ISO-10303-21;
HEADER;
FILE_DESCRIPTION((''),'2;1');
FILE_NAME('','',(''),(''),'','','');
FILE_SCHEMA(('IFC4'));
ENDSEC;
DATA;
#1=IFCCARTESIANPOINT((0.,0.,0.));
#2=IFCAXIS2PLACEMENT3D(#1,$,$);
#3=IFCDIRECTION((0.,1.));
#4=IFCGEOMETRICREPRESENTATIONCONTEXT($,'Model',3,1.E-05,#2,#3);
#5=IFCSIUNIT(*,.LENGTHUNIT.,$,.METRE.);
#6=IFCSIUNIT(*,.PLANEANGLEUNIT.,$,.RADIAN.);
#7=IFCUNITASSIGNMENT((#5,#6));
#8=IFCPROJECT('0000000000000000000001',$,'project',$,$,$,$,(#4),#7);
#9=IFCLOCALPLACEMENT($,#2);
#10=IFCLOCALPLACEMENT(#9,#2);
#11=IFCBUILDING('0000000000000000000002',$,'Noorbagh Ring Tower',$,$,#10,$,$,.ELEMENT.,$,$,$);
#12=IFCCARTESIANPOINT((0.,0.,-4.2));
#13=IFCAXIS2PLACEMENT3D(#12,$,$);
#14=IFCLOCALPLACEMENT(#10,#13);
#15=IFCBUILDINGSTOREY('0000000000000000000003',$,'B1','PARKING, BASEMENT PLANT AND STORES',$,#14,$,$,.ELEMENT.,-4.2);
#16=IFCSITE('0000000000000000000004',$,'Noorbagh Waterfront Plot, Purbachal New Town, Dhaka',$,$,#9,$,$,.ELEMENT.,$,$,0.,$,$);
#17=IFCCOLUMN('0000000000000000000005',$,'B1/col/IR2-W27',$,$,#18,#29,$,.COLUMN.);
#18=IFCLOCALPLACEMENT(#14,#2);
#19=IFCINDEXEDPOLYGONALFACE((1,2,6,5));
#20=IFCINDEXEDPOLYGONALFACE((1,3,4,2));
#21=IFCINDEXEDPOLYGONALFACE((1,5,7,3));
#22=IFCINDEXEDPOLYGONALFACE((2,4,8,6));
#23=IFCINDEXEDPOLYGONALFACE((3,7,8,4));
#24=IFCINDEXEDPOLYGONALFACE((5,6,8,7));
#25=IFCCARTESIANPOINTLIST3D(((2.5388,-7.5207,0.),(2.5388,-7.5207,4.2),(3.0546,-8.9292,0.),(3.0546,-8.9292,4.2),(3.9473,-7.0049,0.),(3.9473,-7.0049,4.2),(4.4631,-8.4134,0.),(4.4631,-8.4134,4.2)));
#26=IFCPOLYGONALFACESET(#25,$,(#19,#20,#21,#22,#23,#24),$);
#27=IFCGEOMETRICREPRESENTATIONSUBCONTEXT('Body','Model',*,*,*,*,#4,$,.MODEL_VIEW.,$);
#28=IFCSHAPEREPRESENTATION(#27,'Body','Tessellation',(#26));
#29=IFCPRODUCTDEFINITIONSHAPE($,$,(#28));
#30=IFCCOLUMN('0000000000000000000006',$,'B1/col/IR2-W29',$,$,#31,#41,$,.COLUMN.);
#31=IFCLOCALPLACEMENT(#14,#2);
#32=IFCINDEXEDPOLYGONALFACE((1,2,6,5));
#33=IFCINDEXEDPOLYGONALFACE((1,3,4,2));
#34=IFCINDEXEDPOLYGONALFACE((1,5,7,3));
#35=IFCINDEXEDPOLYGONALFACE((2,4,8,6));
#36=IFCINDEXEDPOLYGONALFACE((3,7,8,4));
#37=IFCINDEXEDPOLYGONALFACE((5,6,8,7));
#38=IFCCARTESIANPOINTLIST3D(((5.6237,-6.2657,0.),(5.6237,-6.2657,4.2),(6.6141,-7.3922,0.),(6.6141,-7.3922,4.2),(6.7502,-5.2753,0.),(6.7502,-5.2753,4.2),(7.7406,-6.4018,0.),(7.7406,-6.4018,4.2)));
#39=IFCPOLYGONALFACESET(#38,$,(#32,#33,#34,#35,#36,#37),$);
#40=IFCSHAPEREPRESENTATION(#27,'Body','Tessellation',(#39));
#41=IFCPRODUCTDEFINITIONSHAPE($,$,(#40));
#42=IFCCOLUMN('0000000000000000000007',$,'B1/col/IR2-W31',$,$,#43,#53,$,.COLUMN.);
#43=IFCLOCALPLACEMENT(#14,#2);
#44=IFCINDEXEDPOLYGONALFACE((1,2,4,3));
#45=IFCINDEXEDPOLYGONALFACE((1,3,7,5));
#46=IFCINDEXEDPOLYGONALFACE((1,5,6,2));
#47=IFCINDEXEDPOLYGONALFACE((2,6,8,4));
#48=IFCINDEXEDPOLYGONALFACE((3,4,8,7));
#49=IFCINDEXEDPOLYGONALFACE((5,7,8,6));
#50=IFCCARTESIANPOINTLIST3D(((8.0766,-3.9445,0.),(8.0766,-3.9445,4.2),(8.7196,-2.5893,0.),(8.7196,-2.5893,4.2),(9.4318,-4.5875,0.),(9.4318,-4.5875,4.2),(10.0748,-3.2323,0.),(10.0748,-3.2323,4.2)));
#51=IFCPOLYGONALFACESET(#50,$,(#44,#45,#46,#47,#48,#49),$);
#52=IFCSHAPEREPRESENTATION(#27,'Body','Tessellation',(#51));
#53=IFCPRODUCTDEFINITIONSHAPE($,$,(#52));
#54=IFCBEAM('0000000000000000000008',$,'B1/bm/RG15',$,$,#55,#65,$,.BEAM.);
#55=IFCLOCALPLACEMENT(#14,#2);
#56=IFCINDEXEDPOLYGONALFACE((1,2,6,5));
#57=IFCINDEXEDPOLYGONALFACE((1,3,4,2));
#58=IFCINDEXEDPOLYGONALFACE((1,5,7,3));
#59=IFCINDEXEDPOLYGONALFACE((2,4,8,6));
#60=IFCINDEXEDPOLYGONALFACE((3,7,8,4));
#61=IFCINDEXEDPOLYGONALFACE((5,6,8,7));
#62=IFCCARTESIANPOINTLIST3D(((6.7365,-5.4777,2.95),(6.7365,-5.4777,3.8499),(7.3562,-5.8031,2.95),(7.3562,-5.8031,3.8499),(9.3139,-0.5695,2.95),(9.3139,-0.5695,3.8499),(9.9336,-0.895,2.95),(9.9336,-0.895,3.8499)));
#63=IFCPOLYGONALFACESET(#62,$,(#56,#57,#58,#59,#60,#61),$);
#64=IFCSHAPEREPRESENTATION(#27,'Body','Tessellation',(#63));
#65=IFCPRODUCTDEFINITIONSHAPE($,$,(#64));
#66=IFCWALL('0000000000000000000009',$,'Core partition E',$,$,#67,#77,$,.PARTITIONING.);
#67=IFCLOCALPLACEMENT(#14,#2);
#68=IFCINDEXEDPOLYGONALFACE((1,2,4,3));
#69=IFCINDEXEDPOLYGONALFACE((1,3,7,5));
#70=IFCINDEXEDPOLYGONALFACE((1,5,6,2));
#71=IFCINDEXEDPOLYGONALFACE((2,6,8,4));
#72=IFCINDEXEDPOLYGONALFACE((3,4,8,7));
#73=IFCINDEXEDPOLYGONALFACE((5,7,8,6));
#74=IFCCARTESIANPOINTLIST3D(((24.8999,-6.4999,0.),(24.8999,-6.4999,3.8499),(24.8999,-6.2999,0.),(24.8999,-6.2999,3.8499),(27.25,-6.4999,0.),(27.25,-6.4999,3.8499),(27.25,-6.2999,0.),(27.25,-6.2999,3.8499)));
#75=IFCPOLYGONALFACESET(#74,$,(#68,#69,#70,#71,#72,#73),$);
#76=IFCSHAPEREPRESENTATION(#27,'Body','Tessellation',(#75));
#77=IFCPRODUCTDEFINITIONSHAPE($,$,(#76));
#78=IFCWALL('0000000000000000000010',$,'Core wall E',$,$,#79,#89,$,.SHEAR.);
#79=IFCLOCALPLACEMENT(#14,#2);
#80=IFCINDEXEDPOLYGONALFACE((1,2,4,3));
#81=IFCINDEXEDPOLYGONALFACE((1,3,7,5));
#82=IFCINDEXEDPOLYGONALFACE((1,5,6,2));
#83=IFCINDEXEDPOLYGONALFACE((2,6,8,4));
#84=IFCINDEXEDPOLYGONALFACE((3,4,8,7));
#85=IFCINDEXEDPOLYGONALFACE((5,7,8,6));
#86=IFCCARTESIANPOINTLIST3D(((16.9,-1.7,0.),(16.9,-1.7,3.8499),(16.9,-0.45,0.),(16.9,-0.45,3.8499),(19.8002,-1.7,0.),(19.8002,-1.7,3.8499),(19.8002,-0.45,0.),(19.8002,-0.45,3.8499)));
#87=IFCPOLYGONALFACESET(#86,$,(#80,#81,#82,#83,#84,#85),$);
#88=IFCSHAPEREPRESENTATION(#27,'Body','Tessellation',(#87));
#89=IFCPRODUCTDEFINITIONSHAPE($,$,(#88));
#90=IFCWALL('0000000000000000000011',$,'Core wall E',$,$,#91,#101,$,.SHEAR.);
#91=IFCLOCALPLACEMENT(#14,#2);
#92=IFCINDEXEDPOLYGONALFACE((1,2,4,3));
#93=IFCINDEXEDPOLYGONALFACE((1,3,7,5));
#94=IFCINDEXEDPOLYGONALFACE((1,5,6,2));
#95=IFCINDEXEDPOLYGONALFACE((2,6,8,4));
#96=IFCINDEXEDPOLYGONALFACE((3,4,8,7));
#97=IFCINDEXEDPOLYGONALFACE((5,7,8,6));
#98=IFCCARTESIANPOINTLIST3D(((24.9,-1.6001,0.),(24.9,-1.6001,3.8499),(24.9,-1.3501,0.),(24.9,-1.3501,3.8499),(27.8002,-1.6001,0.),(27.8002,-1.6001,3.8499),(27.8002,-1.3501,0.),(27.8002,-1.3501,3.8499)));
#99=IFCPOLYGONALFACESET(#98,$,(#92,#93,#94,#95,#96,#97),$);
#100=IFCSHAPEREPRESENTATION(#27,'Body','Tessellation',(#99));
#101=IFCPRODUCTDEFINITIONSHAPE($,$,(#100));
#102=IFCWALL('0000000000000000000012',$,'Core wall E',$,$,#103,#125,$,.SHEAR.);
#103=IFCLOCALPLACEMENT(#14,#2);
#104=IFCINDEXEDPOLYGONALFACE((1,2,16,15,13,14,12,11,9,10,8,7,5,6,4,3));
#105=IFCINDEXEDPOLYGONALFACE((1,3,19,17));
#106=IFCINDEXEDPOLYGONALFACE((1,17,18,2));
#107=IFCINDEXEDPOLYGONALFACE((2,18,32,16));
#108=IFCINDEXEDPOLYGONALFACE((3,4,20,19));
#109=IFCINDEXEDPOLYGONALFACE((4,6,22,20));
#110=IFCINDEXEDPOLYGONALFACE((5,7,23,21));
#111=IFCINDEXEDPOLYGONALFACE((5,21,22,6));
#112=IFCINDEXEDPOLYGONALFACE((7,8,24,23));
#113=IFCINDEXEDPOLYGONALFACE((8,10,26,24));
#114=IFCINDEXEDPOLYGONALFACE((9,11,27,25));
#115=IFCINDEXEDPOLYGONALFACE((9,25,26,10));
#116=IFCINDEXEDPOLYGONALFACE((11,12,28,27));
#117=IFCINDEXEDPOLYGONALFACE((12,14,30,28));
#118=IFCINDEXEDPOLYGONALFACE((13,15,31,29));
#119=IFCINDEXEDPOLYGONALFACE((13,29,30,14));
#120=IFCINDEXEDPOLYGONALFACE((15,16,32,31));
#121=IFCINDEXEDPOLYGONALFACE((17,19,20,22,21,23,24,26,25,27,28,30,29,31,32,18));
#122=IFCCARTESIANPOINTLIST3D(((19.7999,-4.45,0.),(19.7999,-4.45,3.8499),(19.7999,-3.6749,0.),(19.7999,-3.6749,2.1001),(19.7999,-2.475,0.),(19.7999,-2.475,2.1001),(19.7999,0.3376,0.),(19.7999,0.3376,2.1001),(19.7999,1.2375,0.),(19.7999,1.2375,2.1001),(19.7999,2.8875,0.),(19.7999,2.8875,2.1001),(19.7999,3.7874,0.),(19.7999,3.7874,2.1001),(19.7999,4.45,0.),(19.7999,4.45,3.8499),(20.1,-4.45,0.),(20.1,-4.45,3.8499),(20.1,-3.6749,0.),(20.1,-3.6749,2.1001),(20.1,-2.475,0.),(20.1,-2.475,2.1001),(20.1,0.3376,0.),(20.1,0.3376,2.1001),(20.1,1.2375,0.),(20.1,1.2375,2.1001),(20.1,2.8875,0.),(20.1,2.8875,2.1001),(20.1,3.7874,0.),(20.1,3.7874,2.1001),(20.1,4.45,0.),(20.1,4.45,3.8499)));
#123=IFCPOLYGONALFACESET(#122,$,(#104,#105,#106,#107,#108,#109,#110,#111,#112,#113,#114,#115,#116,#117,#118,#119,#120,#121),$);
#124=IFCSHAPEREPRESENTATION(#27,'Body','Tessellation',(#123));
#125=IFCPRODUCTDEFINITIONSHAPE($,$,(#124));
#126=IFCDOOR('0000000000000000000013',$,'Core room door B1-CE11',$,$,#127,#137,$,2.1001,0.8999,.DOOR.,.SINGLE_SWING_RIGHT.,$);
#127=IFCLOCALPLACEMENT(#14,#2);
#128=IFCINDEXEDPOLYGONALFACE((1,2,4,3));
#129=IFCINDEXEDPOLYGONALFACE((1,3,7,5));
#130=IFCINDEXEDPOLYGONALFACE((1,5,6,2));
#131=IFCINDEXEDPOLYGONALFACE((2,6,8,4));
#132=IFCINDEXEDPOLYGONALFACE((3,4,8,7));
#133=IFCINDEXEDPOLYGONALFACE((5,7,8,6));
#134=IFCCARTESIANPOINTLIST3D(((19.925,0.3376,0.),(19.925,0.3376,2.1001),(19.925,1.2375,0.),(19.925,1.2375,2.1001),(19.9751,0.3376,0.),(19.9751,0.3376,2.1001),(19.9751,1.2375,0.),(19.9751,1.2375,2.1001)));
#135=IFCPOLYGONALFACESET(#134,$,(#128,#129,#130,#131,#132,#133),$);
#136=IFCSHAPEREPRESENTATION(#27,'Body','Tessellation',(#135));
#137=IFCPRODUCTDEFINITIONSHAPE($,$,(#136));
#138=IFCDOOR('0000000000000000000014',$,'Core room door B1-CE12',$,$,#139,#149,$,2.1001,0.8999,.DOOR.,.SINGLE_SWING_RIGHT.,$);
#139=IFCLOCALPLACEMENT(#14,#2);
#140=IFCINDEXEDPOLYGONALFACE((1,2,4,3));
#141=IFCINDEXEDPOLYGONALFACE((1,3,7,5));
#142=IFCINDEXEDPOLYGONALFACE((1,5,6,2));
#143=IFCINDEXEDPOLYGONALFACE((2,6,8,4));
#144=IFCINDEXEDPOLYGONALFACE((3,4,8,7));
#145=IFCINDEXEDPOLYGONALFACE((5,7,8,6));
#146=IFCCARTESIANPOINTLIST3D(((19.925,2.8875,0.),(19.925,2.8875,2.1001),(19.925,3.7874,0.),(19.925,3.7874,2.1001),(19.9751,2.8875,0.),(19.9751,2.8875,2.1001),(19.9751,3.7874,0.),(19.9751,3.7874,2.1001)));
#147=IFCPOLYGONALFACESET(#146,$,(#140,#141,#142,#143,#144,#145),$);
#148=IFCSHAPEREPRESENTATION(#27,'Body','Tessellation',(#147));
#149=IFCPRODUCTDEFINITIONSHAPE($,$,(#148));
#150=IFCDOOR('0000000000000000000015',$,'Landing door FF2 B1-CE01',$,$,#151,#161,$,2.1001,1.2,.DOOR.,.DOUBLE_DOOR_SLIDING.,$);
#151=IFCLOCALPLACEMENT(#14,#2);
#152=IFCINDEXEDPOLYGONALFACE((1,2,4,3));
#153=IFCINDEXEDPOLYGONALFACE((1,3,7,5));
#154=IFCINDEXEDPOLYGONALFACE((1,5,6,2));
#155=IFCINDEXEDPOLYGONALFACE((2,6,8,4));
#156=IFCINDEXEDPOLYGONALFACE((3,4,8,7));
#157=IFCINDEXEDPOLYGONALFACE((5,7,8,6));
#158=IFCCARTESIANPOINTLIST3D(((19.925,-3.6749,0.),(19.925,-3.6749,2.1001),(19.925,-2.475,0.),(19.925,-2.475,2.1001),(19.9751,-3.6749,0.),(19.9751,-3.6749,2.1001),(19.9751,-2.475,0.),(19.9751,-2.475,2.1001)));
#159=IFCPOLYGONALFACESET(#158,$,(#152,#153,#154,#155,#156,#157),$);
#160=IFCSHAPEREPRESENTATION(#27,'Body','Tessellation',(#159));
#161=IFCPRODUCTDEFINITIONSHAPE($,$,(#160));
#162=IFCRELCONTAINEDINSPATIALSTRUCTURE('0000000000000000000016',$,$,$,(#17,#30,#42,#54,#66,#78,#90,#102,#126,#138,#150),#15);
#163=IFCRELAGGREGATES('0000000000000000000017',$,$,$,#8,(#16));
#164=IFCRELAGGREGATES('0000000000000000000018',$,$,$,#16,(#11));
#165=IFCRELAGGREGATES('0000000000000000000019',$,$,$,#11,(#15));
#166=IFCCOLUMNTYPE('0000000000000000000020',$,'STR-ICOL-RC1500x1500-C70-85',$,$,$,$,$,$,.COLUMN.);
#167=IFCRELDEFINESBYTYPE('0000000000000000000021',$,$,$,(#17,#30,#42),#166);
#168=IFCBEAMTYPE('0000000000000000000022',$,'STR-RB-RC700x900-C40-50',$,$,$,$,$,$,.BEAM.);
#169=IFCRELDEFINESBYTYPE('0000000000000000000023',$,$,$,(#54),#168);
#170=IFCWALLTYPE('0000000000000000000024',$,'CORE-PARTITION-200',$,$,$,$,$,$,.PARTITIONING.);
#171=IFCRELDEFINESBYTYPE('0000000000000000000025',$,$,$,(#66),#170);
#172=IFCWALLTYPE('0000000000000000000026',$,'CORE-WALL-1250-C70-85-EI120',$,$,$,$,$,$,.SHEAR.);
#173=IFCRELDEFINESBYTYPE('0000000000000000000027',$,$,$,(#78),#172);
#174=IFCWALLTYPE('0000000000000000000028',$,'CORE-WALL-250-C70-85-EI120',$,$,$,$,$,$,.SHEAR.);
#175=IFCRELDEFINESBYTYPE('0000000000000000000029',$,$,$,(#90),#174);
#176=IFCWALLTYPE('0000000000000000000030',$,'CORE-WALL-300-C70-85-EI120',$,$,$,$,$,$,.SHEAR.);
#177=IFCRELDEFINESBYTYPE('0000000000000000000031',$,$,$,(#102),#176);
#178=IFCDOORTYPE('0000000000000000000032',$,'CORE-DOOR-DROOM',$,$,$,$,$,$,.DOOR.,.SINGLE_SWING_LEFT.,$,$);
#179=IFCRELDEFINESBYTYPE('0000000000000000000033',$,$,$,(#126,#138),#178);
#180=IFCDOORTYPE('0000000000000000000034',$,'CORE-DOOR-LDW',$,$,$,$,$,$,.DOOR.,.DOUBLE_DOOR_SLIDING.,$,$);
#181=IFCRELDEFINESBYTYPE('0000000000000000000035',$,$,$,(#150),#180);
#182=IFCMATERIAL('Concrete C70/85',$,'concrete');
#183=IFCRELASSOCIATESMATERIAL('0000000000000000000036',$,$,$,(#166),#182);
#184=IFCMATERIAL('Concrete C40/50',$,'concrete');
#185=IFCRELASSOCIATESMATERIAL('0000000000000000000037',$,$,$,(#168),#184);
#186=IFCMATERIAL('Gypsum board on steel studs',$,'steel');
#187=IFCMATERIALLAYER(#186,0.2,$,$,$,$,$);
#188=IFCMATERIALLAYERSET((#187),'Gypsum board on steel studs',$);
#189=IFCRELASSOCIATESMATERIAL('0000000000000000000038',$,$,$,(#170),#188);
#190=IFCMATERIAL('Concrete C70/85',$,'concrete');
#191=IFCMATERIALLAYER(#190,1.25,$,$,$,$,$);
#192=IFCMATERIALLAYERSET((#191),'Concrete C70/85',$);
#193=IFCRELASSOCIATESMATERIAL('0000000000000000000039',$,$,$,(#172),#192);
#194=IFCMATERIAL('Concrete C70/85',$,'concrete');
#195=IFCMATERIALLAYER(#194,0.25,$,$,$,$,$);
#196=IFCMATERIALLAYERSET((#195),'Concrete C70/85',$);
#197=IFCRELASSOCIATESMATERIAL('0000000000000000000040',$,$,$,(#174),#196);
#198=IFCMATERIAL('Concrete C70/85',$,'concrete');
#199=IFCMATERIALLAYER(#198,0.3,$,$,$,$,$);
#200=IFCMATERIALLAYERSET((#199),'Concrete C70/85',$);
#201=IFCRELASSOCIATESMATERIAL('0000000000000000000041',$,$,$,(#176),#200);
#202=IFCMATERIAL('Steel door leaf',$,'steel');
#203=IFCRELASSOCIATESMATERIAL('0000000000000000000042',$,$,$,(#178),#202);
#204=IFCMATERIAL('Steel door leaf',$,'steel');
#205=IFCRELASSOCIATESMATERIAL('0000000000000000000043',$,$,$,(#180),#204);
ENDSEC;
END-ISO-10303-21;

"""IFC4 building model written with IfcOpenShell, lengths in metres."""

from ifc_helpers import new_model, si_unit, direction, frame, frame_2d, origin, origin_2d, place, context, subcontext, project, spatial, rectangle, extrude, material, layer, layer_set, material_profile, profile_set, type_object, element, fill, save


model = new_model("IFC4")

# Units and contexts
model_context = context("Model", 3, precision=1e-05, world=origin(), true_north=direction((0.0, 1.0)))
body_context = subcontext(model_context, "Body", "Model", "MODEL_VIEW")
ifc_project = project(units=[si_unit("LENGTHUNIT", "METRE"), si_unit("PLANEANGLEUNIT", "RADIAN")], contexts=[model_context])

# Site, building, storey
site_placement = place(None, origin())
site = spatial("IfcSite", under=ifc_project, at=site_placement, Name="Noorbagh Waterfront Plot, Purbachal New Town, Dhaka", CompositionType="ELEMENT", RefElevation=0.0)
building_placement = place(site_placement, origin())
building = spatial("IfcBuilding", under=site, at=building_placement, Name="Noorbagh Ring Tower", CompositionType="ELEMENT")
storey_placement = place(building_placement, frame((0.0, 0.0, -4.2)))
storey = spatial("IfcBuildingStorey", under=building, at=storey_placement, Name="B1", Description="PARKING, BASEMENT PLANT AND STORES", CompositionType="ELEMENT", Elevation=-4.2)

# Columns
ifc_material_1 = material(Name="Concrete C70/85", Category="concrete")
ifc_material_profile_1 = material_profile(ifc_material_1, rectangle(XDim=1.5, YDim=1.5, at=origin_2d()), Name="RC1500x1500")
ifc_profile_set_1 = profile_set([ifc_material_profile_1], Name="Concrete C70/85")
column_type = type_object("IfcColumnType", Name="STR-ICOL-RC1500x1500-C70-85", PredefinedType="COLUMN", material=ifc_profile_set_1)
for number, where, z_axis, x_axis, name in (
    (1, (3.501, -7.967, 0.0), (0.0, 0.0, 1.0), (0.93902, 0.343864, 0.0), "B1/col/IR2-W27"),
    (2, (6.6821, -6.3337, 0.0), (0.0, 0.0, 1.0), (0.751022, 0.660277, 0.0), "B1/col/IR2-W29"),
    (3, (9.0757, -3.5884, 0.0), (0.0, 0.0, 1.0), (0.428667, 0.903463, 0.0), "B1/col/IR2-W31"),
):
    element("IfcColumn", number, at=place(storey_placement, frame(where, z_axis=z_axis, x_axis=x_axis)), inside=storey, type_object=column_type, Name=name, PredefinedType="COLUMN", context=body_context, shape_type="SweptSolid", body=[
        extrude(rectangle(XDim=1.5, YDim=1.5, at=origin_2d()), origin(), (0.0, 0.0, 1.0), 4.2),
    ])

# Beam
ifc_material_2 = material(Name="Concrete C40/50", Category="concrete")
ifc_material_profile_2 = material_profile(ifc_material_2, rectangle(XDim=0.7, YDim=0.8999, at=origin_2d()), Name="RC700x900")
ifc_profile_set_2 = profile_set([ifc_material_profile_2], Name="Concrete C40/50")
beam_type = type_object("IfcBeamType", Name="STR-RB-RC700x900-C40-50", PredefinedType="BEAM", material=ifc_profile_set_2)
beam_placement = place(storey_placement, frame((7.0464, -5.6404, 3.3999), z_axis=(0.464917, 0.885354, 0.0), x_axis=(-0.885354, 0.464917, 0.0)))
element("IfcBeam", 4, at=beam_placement, inside=storey, type_object=beam_type, Name="B1/bm/RG15", PredefinedType="BEAM", context=body_context, shape_type="SweptSolid", body=[
    extrude(rectangle(XDim=0.7, YDim=0.8999, at=origin_2d()), origin(), (0.0, 0.0, 1.0), 5.5437),
])

# Walls
ifc_material_3 = material(Name="Gypsum board on steel studs", Category="steel")
ifc_layer_1 = layer(ifc_material_3, 0.2)
ifc_layer_set_1 = layer_set([ifc_layer_1], Name="Gypsum board on steel studs")
wall_type_1 = type_object("IfcWallType", Name="CORE-PARTITION-200", PredefinedType="PARTITIONING", material=ifc_layer_set_1)
wall_1_placement = place(storey_placement, frame((24.8999, -6.3999, 0.0), z_axis=(0.0, 0.0, 1.0), x_axis=(1.0, 0.0, 0.0)))
element("IfcWall", 5, at=wall_1_placement, inside=storey, type_object=wall_type_1, Name="Core partition E", PredefinedType="PARTITIONING", context=body_context, shape_type="SweptSolid", body=[
    extrude(rectangle(XDim=2.3501, YDim=0.2, at=frame_2d((1.175, 0.0))), origin(), (0.0, 0.0, 1.0), 3.8499),
])
ifc_material_4 = material(Name="Concrete C70/85", Category="concrete")
ifc_layer_2 = layer(ifc_material_4, 1.25)
ifc_layer_set_2 = layer_set([ifc_layer_2], Name="Concrete C70/85")
wall_type_2 = type_object("IfcWallType", Name="CORE-WALL-1250-C70-85-EI120", PredefinedType="SHEAR", material=ifc_layer_set_2)
wall_2_placement = place(storey_placement, frame((16.8999, -1.075, 0.0), z_axis=(0.0, 0.0, 1.0), x_axis=(1.0, 0.0, 0.0)))
element("IfcWall", 6, at=wall_2_placement, inside=storey, type_object=wall_type_2, Name="Core wall E", PredefinedType="SHEAR", context=body_context, shape_type="SweptSolid", body=[
    extrude(rectangle(XDim=2.9001, YDim=1.25, at=frame_2d((1.4502, 0.0))), origin(), (0.0, 0.0, 1.0), 3.8499),
])
ifc_material_5 = material(Name="Concrete C70/85", Category="concrete")
ifc_layer_3 = layer(ifc_material_5, 0.25)
ifc_layer_set_3 = layer_set([ifc_layer_3], Name="Concrete C70/85")
wall_type_3 = type_object("IfcWallType", Name="CORE-WALL-250-C70-85-EI120", PredefinedType="SHEAR", material=ifc_layer_set_3)
wall_3_placement = place(storey_placement, frame((24.8999, -1.4751, 0.0), z_axis=(0.0, 0.0, 1.0), x_axis=(1.0, 0.0, 0.0)))
element("IfcWall", 7, at=wall_3_placement, inside=storey, type_object=wall_type_3, Name="Core wall E", PredefinedType="SHEAR", context=body_context, shape_type="SweptSolid", body=[
    extrude(rectangle(XDim=2.9001, YDim=0.25, at=frame_2d((1.4502, 0.0))), origin(), (0.0, 0.0, 1.0), 3.8499),
])

# Wall, openings, doors
ifc_material_6 = material(Name="Concrete C70/85", Category="concrete")
ifc_layer_4 = layer(ifc_material_6, 0.3)
ifc_layer_set_4 = layer_set([ifc_layer_4], Name="Concrete C70/85")
wall_type_4 = type_object("IfcWallType", Name="CORE-WALL-300-C70-85-EI120", PredefinedType="SHEAR", material=ifc_layer_set_4)
wall_4_placement = place(storey_placement, frame((19.95, -4.45, 0.0), z_axis=(0.0, 0.0, 1.0), x_axis=(0.0, 1.0, 0.0)))
wall_4 = element("IfcWall", 8, at=wall_4_placement, inside=storey, type_object=wall_type_4, Name="Core wall E", PredefinedType="SHEAR", context=body_context, shape_type="SweptSolid", body=[
    extrude(rectangle(XDim=8.8999, YDim=0.3, at=frame_2d((4.45, 0.0))), origin(), (0.0, 0.0, 1.0), 3.8499),
])
opening_1_placement = place(wall_4_placement, frame((0.7749, 0.0, 0.0)))
opening_1 = element("IfcOpeningElement", 9, at=opening_1_placement, cuts=wall_4, PredefinedType="OPENING", context=body_context, shape_type="SweptSolid", body=[
    extrude(rectangle(XDim=1.2, YDim=2.1001, at=frame_2d((0.6001, 1.05))), frame((0.0, 0.1602, 0.0), z_axis=(0.0, -1.0, 0.0), x_axis=(1.0, 0.0, 0.0)), (0.0, 0.0, 1.0), 0.3201),
])
opening_2_placement = place(wall_4_placement, frame((4.7876, 0.0, 0.0)))
opening_2 = element("IfcOpeningElement", 10, at=opening_2_placement, cuts=wall_4, PredefinedType="OPENING", context=body_context, shape_type="SweptSolid", body=[
    extrude(rectangle(XDim=0.8999, YDim=2.1001, at=frame_2d((0.45, 1.05))), frame((0.0, 0.1602, 0.0), z_axis=(0.0, -1.0, 0.0), x_axis=(1.0, 0.0, 0.0)), (0.0, 0.0, 1.0), 0.3201),
])
opening_3_placement = place(wall_4_placement, frame((7.3374, 0.0, 0.0)))
opening_3 = element("IfcOpeningElement", 11, at=opening_3_placement, cuts=wall_4, PredefinedType="OPENING", context=body_context, shape_type="SweptSolid", body=[
    extrude(rectangle(XDim=0.8999, YDim=2.1001, at=frame_2d((0.45, 1.05))), frame((0.0, 0.1602, 0.0), z_axis=(0.0, -1.0, 0.0), x_axis=(1.0, 0.0, 0.0)), (0.0, 0.0, 1.0), 0.3201),
])
ifc_material_7 = material(Name="Steel door leaf", Category="steel")
door_type_1 = type_object("IfcDoorType", Name="CORE-DOOR-DROOM", OperationType="SINGLE_SWING_LEFT", PredefinedType="DOOR", material=ifc_material_7)
door_1_placement = place(opening_2_placement, origin())
door_1 = element("IfcDoor", 12, at=door_1_placement, inside=storey, type_object=door_type_1, Name="Core room door B1-CE11", OperationType="SINGLE_SWING_RIGHT", OverallHeight=2.1001, OverallWidth=0.8999, PredefinedType="DOOR", context=body_context, shape_type="SweptSolid", body=[
    extrude(rectangle(XDim=0.8999, YDim=2.1001, at=frame_2d((0.45, 1.05))), frame((0.0, 0.0249, 0.0), z_axis=(0.0, -1.0, 0.0), x_axis=(1.0, 0.0, 0.0)), (0.0, 0.0, 1.0), 0.05),
])
fill(opening_2, door_1)
door_2_placement = place(opening_3_placement, origin())
door_2 = element("IfcDoor", 13, at=door_2_placement, inside=storey, type_object=door_type_1, Name="Core room door B1-CE12", OperationType="SINGLE_SWING_RIGHT", OverallHeight=2.1001, OverallWidth=0.8999, PredefinedType="DOOR", context=body_context, shape_type="SweptSolid", body=[
    extrude(rectangle(XDim=0.8999, YDim=2.1001, at=frame_2d((0.45, 1.05))), frame((0.0, 0.0249, 0.0), z_axis=(0.0, -1.0, 0.0), x_axis=(1.0, 0.0, 0.0)), (0.0, 0.0, 1.0), 0.05),
])
fill(opening_3, door_2)
ifc_material_8 = material(Name="Steel door leaf", Category="steel")
door_type_2 = type_object("IfcDoorType", Name="CORE-DOOR-LDW", OperationType="DOUBLE_DOOR_SLIDING", PredefinedType="DOOR", material=ifc_material_8)
door_3_placement = place(opening_1_placement, origin())
door_3 = element("IfcDoor", 14, at=door_3_placement, inside=storey, type_object=door_type_2, Name="Landing door FF2 B1-CE01", OperationType="DOUBLE_DOOR_SLIDING", OverallHeight=2.1001, OverallWidth=1.2, PredefinedType="DOOR", context=body_context, shape_type="SweptSolid", body=[
    extrude(rectangle(XDim=1.2, YDim=2.1001, at=frame_2d((0.6001, 1.05))), frame((0.0, 0.0249, 0.0), z_axis=(0.0, -1.0, 0.0), x_axis=(1.0, 0.0, 0.0)), (0.0, 0.0, 1.0), 0.05),
])
fill(opening_1, door_3)

save(model, "model.ifc")
